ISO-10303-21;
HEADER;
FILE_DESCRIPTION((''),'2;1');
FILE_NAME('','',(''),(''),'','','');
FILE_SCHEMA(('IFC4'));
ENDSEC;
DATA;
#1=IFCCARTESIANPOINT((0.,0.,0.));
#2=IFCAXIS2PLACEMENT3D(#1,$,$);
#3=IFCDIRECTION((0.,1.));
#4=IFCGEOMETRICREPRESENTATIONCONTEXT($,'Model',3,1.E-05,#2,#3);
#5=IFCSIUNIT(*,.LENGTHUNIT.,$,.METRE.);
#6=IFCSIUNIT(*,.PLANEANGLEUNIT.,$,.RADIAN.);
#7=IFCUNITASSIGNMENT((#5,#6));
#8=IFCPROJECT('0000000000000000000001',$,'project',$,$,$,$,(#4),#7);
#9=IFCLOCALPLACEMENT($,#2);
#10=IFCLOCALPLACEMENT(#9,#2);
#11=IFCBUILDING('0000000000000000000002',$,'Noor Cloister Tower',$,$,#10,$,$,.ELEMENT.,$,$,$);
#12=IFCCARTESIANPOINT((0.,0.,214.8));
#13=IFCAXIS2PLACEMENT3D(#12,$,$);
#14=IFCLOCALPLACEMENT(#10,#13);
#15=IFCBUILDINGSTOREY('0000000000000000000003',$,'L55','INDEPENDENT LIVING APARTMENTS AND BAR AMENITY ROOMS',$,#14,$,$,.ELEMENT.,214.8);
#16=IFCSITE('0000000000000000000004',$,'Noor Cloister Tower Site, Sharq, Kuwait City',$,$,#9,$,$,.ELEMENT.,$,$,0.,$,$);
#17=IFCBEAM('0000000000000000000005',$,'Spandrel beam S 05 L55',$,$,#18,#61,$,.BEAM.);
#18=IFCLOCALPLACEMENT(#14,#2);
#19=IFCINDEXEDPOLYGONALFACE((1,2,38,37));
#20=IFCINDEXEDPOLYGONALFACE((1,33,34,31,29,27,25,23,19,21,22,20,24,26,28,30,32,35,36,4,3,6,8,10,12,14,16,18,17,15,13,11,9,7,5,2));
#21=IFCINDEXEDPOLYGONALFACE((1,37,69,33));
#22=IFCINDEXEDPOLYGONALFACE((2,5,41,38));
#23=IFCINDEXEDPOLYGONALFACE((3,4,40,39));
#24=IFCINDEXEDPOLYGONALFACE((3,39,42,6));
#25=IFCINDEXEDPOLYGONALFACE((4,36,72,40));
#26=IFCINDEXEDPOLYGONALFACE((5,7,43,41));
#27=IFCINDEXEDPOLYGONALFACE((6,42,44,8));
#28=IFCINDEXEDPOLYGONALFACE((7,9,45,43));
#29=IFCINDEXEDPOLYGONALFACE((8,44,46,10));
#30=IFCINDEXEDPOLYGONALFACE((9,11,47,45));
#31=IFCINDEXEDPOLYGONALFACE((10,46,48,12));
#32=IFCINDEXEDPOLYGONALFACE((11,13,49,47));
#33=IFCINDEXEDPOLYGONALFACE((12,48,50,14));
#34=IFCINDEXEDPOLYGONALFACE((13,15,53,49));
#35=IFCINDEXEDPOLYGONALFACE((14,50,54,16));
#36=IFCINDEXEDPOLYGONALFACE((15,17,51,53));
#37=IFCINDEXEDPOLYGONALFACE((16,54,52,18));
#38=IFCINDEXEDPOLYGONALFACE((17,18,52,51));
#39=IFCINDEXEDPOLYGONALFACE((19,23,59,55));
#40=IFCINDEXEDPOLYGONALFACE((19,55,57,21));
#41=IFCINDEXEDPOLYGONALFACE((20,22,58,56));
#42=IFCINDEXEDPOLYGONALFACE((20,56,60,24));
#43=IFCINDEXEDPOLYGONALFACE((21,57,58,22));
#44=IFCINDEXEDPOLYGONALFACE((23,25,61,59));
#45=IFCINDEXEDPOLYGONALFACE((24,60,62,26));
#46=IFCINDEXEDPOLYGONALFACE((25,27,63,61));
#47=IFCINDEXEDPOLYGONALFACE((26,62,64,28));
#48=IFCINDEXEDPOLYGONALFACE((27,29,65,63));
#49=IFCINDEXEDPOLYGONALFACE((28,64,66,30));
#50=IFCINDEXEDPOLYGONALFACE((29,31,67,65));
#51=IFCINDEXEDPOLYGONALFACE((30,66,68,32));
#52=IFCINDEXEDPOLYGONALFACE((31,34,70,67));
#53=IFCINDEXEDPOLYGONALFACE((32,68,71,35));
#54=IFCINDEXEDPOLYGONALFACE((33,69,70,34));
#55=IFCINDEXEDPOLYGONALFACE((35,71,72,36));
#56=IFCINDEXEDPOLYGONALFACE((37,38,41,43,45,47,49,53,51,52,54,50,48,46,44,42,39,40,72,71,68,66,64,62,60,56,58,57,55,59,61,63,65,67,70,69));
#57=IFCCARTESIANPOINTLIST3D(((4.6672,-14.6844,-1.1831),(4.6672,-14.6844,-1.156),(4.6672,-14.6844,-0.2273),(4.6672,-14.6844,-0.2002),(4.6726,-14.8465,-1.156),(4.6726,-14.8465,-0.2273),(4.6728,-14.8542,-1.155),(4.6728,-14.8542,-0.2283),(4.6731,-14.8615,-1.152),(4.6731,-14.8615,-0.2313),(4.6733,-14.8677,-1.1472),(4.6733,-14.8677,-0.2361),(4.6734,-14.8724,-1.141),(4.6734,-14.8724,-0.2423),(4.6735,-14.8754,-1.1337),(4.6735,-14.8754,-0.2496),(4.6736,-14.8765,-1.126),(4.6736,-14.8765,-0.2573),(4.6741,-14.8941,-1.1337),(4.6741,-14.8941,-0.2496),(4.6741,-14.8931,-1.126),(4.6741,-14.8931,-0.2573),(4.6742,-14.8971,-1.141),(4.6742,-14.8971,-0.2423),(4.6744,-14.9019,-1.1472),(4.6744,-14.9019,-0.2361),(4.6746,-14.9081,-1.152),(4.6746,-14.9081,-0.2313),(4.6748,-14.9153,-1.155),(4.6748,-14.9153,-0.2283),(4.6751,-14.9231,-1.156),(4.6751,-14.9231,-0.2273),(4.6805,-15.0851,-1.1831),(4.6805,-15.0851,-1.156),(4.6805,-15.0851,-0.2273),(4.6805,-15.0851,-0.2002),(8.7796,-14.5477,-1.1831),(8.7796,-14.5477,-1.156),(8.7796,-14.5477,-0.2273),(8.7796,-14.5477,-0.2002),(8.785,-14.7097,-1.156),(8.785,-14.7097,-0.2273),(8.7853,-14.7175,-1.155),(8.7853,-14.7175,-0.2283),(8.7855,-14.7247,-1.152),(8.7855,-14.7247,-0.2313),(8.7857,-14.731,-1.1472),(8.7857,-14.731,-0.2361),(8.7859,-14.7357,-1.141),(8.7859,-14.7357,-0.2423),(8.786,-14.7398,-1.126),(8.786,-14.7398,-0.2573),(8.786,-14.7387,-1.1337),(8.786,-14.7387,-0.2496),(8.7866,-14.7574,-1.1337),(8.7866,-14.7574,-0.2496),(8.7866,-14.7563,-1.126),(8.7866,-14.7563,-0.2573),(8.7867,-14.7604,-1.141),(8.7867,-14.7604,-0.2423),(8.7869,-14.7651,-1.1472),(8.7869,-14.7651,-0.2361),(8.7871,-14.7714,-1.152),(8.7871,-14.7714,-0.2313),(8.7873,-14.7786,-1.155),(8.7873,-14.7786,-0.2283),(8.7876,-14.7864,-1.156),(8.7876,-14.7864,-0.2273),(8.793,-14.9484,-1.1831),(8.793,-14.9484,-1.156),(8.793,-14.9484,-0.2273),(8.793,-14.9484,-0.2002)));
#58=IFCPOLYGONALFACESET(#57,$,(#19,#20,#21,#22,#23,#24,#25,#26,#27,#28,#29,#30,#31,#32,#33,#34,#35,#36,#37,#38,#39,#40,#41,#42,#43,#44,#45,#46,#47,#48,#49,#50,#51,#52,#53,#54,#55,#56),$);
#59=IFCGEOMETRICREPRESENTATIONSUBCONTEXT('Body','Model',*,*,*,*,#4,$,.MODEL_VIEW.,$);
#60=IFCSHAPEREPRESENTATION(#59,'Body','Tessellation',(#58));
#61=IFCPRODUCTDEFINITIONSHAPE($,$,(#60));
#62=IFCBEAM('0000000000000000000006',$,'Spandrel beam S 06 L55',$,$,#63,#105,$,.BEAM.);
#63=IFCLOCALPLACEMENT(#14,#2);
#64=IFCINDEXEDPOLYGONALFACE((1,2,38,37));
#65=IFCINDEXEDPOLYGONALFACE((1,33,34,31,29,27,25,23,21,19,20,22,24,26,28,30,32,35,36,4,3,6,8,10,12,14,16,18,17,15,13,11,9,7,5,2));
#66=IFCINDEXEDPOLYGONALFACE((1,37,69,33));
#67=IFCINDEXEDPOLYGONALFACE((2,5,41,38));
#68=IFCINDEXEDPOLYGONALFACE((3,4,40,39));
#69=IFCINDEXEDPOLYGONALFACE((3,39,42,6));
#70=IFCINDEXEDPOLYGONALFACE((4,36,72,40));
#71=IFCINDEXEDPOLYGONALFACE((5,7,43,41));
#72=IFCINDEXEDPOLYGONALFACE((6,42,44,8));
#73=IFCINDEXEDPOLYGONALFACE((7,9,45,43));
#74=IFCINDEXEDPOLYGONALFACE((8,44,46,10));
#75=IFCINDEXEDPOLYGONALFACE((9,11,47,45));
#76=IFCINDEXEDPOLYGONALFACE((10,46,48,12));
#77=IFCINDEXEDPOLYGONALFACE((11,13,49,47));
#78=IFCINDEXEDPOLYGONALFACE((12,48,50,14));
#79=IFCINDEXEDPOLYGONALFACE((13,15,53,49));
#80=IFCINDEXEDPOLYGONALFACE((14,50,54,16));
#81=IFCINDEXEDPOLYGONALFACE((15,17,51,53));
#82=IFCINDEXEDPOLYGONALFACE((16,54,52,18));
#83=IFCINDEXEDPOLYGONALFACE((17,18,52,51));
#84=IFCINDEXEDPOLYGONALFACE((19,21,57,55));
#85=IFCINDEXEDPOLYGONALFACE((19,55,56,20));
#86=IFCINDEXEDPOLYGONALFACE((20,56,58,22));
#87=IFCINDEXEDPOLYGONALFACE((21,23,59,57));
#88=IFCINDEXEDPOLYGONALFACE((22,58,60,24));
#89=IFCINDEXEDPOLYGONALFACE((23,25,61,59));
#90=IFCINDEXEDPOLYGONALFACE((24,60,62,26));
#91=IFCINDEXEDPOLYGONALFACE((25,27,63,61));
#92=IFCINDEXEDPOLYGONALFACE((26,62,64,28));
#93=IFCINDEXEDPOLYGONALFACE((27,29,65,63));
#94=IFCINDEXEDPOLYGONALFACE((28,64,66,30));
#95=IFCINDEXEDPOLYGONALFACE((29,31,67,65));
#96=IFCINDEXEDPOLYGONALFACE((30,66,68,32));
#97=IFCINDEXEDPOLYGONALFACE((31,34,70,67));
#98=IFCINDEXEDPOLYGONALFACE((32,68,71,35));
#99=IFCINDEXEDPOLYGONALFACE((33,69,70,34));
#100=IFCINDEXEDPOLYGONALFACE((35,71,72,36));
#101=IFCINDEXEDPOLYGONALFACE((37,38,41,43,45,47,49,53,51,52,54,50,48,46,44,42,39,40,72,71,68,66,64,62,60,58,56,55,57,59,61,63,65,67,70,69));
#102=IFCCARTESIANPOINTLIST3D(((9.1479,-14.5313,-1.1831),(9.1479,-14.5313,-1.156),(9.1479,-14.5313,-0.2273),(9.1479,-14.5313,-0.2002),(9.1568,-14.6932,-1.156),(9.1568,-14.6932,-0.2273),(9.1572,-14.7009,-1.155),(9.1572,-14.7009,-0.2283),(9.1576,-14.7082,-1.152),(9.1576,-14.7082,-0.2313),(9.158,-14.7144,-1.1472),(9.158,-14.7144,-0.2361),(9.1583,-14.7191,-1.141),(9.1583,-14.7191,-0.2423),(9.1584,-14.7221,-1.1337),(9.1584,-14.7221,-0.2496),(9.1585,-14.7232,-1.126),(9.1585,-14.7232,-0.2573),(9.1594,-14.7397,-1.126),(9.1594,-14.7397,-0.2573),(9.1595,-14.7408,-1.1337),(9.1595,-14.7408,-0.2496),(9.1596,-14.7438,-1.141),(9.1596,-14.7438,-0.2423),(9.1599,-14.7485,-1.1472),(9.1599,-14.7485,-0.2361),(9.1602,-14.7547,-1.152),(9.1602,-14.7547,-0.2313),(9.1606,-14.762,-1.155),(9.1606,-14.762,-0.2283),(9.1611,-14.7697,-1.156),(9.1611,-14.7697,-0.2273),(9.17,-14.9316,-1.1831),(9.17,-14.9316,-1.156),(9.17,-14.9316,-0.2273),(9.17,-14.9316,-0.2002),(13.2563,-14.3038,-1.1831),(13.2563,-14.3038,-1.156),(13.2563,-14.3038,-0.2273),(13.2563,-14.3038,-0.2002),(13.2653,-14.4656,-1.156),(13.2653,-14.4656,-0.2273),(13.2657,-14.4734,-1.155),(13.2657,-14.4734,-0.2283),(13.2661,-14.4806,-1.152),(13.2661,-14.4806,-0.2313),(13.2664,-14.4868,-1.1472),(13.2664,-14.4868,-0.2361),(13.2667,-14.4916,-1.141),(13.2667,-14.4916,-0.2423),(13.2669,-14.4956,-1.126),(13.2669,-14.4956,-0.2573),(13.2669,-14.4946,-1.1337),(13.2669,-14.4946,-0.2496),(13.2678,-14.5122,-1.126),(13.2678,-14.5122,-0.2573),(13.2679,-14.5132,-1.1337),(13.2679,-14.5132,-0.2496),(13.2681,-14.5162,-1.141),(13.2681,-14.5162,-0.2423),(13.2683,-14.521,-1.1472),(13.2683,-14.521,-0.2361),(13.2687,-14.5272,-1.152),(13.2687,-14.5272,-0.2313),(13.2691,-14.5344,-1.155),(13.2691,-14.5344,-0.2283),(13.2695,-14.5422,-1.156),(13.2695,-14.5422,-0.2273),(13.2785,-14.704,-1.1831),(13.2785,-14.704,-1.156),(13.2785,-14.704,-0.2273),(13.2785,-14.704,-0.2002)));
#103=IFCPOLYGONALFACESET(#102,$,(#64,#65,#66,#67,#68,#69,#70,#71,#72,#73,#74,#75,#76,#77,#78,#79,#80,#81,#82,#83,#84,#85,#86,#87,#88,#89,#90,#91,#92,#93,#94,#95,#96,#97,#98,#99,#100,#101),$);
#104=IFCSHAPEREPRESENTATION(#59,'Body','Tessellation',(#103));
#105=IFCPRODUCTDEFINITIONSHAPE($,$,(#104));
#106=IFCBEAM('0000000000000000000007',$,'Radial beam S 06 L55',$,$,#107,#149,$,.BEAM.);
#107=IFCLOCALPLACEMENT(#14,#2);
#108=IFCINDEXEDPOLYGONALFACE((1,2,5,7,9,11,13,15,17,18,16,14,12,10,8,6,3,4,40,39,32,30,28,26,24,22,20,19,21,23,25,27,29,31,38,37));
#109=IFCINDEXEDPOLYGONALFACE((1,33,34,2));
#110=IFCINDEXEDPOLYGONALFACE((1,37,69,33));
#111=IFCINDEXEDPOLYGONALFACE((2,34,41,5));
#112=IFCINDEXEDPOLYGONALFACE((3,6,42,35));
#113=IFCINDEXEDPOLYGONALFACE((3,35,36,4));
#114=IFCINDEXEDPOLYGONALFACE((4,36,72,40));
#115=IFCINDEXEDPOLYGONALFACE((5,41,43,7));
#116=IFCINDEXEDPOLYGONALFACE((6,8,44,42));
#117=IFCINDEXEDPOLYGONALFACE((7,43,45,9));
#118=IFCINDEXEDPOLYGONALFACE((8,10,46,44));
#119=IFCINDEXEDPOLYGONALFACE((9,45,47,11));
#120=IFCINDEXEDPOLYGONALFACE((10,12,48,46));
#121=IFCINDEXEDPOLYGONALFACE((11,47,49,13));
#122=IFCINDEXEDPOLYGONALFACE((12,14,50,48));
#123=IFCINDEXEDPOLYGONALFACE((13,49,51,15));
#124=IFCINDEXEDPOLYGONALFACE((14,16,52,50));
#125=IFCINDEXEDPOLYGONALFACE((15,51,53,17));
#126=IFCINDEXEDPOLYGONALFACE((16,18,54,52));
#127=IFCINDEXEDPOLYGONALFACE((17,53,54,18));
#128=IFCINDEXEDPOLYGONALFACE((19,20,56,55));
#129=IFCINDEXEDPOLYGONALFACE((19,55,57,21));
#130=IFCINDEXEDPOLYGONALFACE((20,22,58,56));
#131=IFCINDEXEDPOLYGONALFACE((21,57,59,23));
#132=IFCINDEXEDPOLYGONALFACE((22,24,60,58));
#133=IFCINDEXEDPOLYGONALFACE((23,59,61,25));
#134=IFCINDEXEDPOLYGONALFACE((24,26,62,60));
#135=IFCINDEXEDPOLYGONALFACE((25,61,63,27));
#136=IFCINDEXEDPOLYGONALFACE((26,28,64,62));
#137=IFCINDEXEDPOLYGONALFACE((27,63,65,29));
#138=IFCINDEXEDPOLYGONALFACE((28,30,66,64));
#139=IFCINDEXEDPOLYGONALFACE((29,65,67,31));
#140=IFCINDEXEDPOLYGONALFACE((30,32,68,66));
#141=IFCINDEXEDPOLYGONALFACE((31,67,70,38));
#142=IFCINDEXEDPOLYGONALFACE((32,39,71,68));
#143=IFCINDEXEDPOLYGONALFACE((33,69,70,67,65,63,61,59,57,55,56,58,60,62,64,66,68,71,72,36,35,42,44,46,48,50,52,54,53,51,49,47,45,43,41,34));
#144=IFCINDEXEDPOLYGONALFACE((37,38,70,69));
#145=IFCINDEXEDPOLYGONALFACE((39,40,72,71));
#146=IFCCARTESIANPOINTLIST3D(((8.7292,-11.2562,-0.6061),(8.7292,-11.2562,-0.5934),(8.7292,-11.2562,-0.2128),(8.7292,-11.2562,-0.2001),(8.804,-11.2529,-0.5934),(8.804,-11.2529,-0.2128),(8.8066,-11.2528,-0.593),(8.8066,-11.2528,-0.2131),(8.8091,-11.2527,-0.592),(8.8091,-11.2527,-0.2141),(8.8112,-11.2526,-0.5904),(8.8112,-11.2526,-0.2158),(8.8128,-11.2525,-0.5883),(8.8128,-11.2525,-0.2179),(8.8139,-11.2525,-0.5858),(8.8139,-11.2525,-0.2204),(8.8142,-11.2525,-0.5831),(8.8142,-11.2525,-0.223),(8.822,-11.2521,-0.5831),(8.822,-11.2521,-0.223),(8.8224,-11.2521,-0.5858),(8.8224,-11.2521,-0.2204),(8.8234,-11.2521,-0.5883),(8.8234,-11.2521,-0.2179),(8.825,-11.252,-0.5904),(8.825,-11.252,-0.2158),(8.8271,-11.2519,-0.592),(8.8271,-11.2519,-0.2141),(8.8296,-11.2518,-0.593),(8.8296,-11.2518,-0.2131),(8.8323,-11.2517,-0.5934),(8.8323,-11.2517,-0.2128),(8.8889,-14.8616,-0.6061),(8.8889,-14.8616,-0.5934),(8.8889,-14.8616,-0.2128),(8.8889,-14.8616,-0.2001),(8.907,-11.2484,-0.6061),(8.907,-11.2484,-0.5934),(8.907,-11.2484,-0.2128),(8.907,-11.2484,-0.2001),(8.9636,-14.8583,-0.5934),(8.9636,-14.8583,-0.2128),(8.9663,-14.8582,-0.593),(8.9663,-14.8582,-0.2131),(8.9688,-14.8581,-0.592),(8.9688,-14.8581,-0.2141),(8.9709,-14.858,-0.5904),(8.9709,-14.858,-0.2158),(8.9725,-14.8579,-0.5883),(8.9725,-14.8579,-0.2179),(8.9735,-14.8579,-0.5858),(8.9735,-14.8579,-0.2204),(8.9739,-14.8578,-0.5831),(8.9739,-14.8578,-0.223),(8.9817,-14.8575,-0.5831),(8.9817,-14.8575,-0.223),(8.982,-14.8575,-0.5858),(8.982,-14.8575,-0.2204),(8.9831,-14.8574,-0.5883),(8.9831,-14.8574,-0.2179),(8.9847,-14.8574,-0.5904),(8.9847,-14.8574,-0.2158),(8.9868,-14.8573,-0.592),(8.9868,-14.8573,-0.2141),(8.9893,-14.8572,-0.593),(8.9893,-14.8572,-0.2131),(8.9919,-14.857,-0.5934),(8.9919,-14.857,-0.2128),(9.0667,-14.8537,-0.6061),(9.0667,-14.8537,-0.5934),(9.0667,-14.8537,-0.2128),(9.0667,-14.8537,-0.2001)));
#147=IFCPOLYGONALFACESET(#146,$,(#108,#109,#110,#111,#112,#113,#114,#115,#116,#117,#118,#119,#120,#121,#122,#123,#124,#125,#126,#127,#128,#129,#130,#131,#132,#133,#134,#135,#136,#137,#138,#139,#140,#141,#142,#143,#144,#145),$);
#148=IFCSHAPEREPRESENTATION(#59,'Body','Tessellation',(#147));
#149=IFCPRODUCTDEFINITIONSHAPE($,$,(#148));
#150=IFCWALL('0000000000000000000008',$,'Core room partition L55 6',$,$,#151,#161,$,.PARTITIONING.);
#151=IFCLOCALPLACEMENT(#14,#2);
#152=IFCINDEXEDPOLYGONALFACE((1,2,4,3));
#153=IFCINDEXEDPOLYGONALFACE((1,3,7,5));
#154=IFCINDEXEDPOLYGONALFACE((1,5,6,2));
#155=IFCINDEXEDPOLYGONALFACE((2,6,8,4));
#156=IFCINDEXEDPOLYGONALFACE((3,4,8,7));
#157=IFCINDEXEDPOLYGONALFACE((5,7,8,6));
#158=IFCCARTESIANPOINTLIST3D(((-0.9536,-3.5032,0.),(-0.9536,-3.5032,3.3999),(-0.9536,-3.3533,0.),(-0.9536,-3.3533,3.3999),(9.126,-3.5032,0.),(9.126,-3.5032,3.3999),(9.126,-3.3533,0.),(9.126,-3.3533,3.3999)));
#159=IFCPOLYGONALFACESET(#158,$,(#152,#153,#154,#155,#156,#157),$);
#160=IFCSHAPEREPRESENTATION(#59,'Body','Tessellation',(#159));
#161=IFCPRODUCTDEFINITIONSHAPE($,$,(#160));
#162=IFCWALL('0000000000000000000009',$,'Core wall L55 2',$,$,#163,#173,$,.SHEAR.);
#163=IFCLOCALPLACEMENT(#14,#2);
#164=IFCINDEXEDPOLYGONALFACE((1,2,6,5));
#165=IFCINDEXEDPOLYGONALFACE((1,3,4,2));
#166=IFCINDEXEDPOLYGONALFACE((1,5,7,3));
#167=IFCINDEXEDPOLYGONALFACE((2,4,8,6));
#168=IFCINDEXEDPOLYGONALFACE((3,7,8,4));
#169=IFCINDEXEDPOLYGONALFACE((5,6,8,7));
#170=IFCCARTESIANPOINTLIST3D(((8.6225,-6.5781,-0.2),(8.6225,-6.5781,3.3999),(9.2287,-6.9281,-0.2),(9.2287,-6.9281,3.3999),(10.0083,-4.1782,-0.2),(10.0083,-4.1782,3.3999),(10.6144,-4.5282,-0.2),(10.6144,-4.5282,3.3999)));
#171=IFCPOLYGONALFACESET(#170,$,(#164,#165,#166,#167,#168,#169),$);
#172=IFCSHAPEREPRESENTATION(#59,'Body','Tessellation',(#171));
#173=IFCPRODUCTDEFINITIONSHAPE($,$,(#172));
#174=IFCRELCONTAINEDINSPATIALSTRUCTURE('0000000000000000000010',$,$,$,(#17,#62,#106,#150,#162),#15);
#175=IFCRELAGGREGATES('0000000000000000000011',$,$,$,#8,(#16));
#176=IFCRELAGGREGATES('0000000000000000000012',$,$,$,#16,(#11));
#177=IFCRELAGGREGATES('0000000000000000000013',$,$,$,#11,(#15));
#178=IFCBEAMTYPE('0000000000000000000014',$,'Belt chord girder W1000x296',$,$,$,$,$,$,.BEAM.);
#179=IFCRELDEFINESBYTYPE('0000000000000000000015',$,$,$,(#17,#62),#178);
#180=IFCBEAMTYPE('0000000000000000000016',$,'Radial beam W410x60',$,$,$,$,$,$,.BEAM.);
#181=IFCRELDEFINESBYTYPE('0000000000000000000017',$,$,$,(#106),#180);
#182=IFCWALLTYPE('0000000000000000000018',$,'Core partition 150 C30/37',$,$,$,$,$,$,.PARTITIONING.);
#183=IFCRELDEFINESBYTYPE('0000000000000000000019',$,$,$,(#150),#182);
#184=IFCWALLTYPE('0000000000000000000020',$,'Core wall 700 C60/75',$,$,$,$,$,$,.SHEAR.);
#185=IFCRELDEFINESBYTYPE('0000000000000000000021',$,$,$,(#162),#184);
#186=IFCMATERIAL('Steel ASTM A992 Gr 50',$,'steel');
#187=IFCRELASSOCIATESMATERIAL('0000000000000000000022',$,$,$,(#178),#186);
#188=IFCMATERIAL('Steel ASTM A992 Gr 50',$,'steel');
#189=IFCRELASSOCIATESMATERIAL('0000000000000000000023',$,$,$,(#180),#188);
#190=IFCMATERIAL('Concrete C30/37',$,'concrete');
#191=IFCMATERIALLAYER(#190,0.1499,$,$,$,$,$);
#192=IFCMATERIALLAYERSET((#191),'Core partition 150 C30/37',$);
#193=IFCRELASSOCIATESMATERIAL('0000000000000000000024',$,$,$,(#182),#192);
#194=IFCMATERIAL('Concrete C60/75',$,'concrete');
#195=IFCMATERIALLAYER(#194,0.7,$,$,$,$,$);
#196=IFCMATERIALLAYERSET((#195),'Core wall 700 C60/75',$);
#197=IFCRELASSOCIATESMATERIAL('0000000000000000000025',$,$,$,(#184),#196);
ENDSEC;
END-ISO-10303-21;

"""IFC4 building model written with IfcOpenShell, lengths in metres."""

from ifc_helpers import new_model, si_unit, direction, frame, frame_2d, origin, origin_2d, place, context, subcontext, project, spatial, rectangle, i_section, extrude, material, layer, layer_set, material_profile, profile_set, type_object, element, save


model = new_model("IFC4")

# Units and contexts
model_context = context("Model", 3, precision=1e-05, world=origin(), true_north=direction((0.0, 1.0)))
body_context = subcontext(model_context, "Body", "Model", "MODEL_VIEW")
ifc_project = project(units=[si_unit("LENGTHUNIT", "METRE"), si_unit("PLANEANGLEUNIT", "RADIAN")], contexts=[model_context])

# Site, building, storey
site_placement = place(None, origin())
site = spatial("IfcSite", under=ifc_project, at=site_placement, Name="Noor Cloister Tower Site, Sharq, Kuwait City", CompositionType="ELEMENT", RefElevation=0.0)
building_placement = place(site_placement, origin())
building = spatial("IfcBuilding", under=site, at=building_placement, Name="Noor Cloister Tower", CompositionType="ELEMENT")
storey_placement = place(building_placement, frame((0.0, 0.0, 214.8)))
storey = spatial("IfcBuildingStorey", under=building, at=storey_placement, Name="L55", Description="INDEPENDENT LIVING APARTMENTS AND BAR AMENITY ROOMS", CompositionType="ELEMENT", Elevation=214.8)

# Beams
ifc_material_1 = material(Name="Steel ASTM A992 Gr 50", Category="steel")
ifc_material_profile_1 = material_profile(ifc_material_1, i_section(OverallWidth=0.4009, OverallDepth=0.9829, WebThickness=0.0166, FlangeThickness=0.0271, FilletRadius=0.03, at=origin_2d()), Name="W1000x296")
ifc_profile_set_1 = profile_set([ifc_material_profile_1], Name="Steel ASTM A992 Gr 50")
beam_type_1 = type_object("IfcBeamType", Name="Belt chord girder W1000x296", PredefinedType="BEAM", material=ifc_profile_set_1)
for number, where, z_axis, x_axis, name in (
    (1, (4.6738, -14.8848, -0.6917), (0.999448, 0.033226, 0.0), (-0.033226, 0.999448, 0.0), "Spandrel beam S 05 L55"),
    (2, (9.1589, -14.7314, -0.6917), (0.99847, 0.055299, 0.0), (-0.055299, 0.99847, 0.0), "Spandrel beam S 06 L55"),
):
    element("IfcBeam", number, at=place(storey_placement, frame(where, z_axis=z_axis, x_axis=x_axis)), inside=storey, type_object=beam_type_1, Name=name, PredefinedType="BEAM", context=body_context, shape_type="SweptSolid", body=[
        extrude(i_section(OverallWidth=0.4009, OverallDepth=0.9829, WebThickness=0.0166, FlangeThickness=0.0271, FilletRadius=0.03, at=origin_2d()), origin(), (0.0, 0.0, 1.0), 4.1147),
    ])
ifc_material_2 = material(Name="Steel ASTM A992 Gr 50", Category="steel")
ifc_material_profile_2 = material_profile(ifc_material_2, i_section(OverallWidth=0.178, OverallDepth=0.406, WebThickness=0.0078, FlangeThickness=0.0127, FilletRadius=0.0103, at=origin_2d()), Name="W410x60")
ifc_profile_set_2 = profile_set([ifc_material_profile_2], Name="Steel ASTM A992 Gr 50")
beam_type_2 = type_object("IfcBeamType", Name="Radial beam W410x60", PredefinedType="BEAM", material=ifc_profile_set_2)
beam_placement = place(storey_placement, frame((8.9778, -14.8577, -0.4031), z_axis=(-0.044242, 0.999021, 0.0), x_axis=(-0.999021, -0.044242, 0.0)))
element("IfcBeam", 3, at=beam_placement, inside=storey, type_object=beam_type_2, Name="Radial beam S 06 L55", PredefinedType="BEAM", context=body_context, shape_type="SweptSolid", body=[
    extrude(i_section(OverallWidth=0.178, OverallDepth=0.406, WebThickness=0.0078, FlangeThickness=0.0127, FilletRadius=0.0103, at=origin_2d()), origin(), (0.0, 0.0, 1.0), 3.6089),
])

# Walls
ifc_material_3 = material(Name="Concrete C30/37", Category="concrete")
ifc_layer_1 = layer(ifc_material_3, 0.1499)
ifc_layer_set_1 = layer_set([ifc_layer_1], Name="Core partition 150 C30/37")
wall_type_1 = type_object("IfcWallType", Name="Core partition 150 C30/37", PredefinedType="PARTITIONING", material=ifc_layer_set_1)
wall_1_placement = place(storey_placement, frame((-0.9536, -3.4282, 0.0), z_axis=(0.0, 0.0, 1.0), x_axis=(1.0, 0.0, 0.0)))
element("IfcWall", 4, at=wall_1_placement, inside=storey, type_object=wall_type_1, Name="Core room partition L55 6", PredefinedType="PARTITIONING", context=body_context, shape_type="SweptSolid", body=[
    extrude(rectangle(XDim=10.0796, YDim=0.1499, at=frame_2d((5.0398, 0.0))), origin(), (0.0, 0.0, 1.0), 3.3999),
])
ifc_material_4 = material(Name="Concrete C60/75", Category="concrete")
ifc_layer_2 = layer(ifc_material_4, 0.7)
ifc_layer_set_2 = layer_set([ifc_layer_2], Name="Core wall 700 C60/75")
wall_type_2 = type_object("IfcWallType", Name="Core wall 700 C60/75", PredefinedType="SHEAR", material=ifc_layer_set_2)
wall_2_placement = place(storey_placement, frame((8.9255, -6.7532, -0.2), z_axis=(0.0, 0.0, 1.0), x_axis=(0.500043, 0.866001, 0.0)))
element("IfcWall", 5, at=wall_2_placement, inside=storey, type_object=wall_type_2, Name="Core wall L55 2", PredefinedType="SHEAR", context=body_context, shape_type="SweptSolid", body=[
    extrude(rectangle(XDim=2.7712, YDim=0.7, at=frame_2d((1.3857, 0.0))), origin(), (0.0, 0.0, 1.0), 3.5999),
])

save(model, "model.ifc")
